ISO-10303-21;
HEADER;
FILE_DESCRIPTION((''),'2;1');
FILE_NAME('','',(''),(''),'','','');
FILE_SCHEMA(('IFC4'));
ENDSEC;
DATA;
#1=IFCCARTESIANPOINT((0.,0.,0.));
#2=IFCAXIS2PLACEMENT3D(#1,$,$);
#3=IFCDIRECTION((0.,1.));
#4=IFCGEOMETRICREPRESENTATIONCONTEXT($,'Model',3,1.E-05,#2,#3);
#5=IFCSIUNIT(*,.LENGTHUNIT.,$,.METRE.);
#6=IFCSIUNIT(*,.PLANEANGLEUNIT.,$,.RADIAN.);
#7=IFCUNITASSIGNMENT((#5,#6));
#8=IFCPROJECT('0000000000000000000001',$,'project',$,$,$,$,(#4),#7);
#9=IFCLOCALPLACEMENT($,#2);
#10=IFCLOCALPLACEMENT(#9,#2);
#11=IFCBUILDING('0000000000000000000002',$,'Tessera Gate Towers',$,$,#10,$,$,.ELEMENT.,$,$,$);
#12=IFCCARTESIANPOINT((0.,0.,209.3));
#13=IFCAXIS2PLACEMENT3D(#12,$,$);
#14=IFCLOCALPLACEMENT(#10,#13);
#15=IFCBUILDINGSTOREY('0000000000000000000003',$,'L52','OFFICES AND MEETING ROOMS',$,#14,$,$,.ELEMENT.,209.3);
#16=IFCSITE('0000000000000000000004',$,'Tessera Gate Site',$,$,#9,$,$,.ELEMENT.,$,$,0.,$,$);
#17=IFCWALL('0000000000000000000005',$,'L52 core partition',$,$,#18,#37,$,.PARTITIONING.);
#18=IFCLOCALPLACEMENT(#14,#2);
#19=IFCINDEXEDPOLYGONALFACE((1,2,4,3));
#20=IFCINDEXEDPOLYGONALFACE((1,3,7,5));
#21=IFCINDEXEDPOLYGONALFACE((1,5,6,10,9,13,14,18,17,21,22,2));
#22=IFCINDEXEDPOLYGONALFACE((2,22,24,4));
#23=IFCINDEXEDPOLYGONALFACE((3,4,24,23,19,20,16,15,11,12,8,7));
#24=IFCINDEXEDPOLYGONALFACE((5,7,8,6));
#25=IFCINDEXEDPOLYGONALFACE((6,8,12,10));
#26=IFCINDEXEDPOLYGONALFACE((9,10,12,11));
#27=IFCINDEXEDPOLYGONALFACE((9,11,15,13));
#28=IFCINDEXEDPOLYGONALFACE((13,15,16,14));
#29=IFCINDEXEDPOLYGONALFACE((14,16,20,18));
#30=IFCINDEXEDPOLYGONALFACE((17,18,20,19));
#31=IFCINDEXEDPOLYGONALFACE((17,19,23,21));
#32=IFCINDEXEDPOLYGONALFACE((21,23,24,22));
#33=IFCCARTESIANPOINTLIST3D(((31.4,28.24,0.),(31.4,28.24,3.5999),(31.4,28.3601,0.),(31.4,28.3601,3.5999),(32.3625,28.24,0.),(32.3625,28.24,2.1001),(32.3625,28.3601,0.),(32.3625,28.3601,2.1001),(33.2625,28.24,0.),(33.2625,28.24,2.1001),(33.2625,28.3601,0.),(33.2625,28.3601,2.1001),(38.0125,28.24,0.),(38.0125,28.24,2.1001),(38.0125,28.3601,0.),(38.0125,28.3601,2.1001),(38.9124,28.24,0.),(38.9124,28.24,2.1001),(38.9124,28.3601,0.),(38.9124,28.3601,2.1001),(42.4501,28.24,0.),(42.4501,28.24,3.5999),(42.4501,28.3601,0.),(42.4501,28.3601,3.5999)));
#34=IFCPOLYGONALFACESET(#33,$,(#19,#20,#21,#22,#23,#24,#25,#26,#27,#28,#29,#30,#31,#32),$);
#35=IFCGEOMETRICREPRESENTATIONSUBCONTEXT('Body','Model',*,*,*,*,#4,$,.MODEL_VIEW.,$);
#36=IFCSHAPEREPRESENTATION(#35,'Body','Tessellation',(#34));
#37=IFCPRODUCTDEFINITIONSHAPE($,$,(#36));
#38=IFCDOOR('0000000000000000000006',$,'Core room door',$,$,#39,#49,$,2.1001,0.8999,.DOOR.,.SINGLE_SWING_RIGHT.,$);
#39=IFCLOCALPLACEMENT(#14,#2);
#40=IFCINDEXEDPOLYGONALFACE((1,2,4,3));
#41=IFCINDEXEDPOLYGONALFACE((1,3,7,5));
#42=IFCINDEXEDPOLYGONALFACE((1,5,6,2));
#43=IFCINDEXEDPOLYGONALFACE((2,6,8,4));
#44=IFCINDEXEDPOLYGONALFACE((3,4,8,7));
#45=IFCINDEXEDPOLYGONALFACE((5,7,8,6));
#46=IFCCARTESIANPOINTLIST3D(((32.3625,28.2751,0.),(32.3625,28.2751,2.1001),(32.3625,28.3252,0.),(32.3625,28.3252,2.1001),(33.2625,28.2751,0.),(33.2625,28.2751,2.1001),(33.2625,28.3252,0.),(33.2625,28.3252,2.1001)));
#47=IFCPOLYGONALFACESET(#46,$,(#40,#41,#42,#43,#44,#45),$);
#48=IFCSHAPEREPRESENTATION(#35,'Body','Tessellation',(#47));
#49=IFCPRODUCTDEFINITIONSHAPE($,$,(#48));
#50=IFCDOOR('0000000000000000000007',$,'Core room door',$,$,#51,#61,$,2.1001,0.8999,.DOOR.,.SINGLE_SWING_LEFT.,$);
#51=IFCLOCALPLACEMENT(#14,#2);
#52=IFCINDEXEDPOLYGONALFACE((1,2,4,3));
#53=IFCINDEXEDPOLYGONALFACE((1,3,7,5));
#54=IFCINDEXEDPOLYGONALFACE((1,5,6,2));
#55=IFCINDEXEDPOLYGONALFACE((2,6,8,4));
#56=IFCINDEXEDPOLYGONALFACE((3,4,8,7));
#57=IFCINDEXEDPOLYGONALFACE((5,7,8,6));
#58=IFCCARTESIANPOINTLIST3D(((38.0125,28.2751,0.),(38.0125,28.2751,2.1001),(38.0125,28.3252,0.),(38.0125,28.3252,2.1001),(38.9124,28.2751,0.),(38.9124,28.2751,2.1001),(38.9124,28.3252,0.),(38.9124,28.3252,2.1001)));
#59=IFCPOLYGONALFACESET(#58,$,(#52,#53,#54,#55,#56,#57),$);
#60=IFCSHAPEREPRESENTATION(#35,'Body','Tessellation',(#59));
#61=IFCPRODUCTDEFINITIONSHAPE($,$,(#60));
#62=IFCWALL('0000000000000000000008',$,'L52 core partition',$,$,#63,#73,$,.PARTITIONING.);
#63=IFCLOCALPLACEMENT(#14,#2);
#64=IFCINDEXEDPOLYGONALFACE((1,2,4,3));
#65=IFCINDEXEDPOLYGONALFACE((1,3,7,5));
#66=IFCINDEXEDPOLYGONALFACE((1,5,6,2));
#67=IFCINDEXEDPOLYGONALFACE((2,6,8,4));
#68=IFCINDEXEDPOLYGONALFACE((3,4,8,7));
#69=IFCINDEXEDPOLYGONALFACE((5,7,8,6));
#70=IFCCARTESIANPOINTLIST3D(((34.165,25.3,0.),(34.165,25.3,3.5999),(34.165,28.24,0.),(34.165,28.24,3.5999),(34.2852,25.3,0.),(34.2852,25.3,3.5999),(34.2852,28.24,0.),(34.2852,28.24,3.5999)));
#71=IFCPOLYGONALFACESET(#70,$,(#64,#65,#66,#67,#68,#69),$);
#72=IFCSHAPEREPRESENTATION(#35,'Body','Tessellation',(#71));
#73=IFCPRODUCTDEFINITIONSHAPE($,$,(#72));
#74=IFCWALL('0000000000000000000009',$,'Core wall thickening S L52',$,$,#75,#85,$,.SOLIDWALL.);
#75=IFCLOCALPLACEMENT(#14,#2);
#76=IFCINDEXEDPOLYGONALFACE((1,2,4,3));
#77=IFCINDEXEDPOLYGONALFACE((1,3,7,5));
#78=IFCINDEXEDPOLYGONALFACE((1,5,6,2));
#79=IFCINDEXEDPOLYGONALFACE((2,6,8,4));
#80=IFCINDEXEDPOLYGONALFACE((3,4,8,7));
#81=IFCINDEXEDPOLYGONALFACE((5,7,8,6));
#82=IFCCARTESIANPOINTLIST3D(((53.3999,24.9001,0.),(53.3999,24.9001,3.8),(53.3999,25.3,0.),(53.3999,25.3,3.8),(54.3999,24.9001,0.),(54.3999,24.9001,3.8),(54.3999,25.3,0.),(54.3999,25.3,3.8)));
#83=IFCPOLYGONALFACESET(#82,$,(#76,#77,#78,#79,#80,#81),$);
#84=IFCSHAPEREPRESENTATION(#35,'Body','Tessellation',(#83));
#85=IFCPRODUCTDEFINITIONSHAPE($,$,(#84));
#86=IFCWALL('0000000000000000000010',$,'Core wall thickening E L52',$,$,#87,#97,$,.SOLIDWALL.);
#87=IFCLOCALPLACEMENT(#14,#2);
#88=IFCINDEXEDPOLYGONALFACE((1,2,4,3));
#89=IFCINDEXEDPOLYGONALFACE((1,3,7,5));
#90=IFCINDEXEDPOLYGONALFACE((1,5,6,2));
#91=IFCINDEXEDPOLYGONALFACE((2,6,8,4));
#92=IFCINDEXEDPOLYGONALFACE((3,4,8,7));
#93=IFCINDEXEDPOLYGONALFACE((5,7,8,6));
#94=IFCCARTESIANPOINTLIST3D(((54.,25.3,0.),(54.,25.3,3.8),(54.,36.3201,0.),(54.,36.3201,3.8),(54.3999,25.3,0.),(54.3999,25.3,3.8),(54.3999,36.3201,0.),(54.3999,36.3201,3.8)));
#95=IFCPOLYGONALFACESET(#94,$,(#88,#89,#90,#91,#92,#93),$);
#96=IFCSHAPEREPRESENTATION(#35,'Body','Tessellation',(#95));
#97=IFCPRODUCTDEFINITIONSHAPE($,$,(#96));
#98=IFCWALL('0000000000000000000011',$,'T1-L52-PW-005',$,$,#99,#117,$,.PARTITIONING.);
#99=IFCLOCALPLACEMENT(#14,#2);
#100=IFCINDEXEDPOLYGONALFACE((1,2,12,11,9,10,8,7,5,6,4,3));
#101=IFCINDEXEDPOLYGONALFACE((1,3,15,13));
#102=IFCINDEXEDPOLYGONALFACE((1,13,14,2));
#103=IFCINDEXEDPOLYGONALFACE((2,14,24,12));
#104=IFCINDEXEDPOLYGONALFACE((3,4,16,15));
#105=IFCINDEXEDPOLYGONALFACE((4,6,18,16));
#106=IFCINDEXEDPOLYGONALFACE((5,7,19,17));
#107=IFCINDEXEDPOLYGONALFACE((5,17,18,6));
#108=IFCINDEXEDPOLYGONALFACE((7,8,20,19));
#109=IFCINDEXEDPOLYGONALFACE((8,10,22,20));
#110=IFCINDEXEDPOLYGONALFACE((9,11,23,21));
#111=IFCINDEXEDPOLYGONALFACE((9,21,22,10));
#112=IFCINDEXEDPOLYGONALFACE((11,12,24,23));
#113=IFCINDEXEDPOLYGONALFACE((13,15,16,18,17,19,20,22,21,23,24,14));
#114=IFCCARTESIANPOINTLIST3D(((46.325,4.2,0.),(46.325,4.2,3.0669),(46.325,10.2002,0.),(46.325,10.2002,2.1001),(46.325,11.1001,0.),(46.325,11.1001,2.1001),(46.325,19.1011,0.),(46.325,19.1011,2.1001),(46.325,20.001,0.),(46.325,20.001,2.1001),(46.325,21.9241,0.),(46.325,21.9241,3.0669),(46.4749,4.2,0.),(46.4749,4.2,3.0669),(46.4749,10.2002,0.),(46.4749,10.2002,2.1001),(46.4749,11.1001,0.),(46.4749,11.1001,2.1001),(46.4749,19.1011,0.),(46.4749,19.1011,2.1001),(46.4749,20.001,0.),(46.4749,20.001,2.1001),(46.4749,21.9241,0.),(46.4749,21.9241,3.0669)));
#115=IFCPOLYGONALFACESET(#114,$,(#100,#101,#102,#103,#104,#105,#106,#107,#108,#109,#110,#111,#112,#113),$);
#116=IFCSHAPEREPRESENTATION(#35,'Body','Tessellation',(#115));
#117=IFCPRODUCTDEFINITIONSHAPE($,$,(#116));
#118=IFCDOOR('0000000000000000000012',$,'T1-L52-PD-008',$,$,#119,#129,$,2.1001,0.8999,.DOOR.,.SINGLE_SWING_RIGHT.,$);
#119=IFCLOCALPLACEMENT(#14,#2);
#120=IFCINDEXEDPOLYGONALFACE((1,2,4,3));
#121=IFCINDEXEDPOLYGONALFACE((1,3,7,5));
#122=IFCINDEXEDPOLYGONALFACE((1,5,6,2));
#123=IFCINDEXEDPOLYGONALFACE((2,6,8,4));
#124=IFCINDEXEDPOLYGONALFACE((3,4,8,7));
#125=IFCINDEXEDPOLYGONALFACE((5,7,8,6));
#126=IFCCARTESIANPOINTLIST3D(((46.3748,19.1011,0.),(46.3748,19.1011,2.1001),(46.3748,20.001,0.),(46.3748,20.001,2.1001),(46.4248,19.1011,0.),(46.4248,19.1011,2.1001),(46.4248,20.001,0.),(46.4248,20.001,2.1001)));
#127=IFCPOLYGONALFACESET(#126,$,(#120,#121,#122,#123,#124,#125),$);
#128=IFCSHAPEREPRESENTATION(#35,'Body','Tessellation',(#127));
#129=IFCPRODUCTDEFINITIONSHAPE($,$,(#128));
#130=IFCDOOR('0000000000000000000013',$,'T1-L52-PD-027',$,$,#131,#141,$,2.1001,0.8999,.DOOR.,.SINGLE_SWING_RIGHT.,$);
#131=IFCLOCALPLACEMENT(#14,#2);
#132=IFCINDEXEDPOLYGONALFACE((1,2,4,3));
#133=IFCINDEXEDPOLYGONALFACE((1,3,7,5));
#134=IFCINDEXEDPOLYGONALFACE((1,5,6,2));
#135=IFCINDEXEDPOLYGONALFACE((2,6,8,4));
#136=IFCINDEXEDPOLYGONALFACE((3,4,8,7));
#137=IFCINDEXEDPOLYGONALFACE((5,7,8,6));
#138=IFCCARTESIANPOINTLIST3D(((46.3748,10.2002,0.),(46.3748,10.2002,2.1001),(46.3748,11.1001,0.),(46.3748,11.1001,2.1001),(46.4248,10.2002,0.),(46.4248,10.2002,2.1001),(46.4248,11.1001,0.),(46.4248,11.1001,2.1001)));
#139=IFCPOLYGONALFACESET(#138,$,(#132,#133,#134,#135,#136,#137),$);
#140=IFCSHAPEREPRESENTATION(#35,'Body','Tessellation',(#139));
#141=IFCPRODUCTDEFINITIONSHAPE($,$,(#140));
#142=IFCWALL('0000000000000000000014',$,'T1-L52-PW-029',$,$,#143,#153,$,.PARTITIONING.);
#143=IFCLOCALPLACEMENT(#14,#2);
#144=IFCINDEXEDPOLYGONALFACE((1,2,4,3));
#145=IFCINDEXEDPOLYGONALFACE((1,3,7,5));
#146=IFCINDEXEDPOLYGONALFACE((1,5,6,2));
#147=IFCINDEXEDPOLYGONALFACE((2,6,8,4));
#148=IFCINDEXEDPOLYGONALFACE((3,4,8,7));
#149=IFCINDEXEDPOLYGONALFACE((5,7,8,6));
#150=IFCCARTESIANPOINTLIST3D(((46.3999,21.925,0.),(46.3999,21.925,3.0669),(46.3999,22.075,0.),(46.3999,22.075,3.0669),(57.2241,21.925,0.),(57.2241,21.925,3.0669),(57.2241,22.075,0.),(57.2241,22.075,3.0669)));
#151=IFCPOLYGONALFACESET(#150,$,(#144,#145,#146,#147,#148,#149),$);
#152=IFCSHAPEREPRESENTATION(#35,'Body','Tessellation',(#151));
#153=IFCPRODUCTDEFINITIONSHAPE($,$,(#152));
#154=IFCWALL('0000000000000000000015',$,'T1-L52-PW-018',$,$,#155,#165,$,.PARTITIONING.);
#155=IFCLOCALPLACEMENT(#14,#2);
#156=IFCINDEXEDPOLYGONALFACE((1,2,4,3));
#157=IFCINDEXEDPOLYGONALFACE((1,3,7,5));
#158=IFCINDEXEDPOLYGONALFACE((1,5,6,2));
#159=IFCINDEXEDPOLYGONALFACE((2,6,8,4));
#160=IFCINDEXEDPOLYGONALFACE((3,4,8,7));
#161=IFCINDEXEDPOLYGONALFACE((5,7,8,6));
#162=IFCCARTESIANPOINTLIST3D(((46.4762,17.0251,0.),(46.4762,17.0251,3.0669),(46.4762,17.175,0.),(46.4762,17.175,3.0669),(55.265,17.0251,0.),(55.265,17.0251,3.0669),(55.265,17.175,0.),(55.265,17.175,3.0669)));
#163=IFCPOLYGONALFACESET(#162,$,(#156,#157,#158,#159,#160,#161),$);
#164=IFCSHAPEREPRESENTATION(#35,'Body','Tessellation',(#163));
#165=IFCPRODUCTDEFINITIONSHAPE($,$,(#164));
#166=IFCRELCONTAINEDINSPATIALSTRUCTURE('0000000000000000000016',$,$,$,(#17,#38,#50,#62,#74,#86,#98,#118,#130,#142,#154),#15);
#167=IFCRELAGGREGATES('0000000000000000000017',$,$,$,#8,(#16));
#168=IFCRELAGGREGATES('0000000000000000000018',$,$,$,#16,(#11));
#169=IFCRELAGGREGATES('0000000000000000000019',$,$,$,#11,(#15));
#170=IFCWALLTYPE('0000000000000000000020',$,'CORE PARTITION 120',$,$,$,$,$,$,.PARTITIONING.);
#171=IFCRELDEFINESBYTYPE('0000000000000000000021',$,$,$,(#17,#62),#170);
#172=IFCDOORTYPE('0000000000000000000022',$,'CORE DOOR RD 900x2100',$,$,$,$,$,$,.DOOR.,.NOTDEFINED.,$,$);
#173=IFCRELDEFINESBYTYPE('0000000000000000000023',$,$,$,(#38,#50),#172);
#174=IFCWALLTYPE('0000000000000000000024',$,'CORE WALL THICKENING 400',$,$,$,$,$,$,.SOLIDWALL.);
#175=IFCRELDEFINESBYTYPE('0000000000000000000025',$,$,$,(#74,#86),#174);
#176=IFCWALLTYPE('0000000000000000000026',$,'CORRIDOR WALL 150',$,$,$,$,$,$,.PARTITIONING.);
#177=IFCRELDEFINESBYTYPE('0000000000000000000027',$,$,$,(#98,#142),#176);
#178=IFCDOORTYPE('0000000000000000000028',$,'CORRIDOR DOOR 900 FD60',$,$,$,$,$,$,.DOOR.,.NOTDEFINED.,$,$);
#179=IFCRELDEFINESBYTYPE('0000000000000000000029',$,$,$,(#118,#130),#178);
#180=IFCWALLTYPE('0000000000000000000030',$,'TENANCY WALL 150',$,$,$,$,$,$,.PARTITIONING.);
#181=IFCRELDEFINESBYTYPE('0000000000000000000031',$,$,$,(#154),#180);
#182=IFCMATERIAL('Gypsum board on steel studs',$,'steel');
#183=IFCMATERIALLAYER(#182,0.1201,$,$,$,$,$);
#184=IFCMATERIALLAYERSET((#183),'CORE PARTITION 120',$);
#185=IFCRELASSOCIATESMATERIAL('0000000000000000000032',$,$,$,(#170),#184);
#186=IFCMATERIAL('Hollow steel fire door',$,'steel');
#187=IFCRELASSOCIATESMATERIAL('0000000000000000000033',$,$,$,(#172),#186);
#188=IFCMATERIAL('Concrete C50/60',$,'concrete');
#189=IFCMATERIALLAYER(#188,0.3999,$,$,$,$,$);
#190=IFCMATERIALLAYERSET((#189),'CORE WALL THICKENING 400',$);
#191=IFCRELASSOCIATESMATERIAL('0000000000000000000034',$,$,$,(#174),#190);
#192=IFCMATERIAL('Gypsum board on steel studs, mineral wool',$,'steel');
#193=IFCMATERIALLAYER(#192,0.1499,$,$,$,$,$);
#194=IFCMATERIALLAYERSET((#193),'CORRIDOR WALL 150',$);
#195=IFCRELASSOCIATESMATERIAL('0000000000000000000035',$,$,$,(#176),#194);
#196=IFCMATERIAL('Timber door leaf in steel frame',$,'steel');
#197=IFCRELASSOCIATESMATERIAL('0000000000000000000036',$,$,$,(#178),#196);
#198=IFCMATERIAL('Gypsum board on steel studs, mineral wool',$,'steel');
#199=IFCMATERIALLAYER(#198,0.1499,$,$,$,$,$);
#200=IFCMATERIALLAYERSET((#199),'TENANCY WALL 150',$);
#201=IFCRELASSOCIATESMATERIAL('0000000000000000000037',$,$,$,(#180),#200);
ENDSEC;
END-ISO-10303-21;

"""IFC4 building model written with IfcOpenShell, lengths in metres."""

from ifc_helpers import new_model, si_unit, direction, frame, frame_2d, origin, place, context, subcontext, project, spatial, rectangle, extrude, source, transform, mapped, material, layer, layer_set, type_object, element, fill, save


model = new_model("IFC4")

# Units and contexts
model_context = context("Model", 3, precision=1e-05, world=origin(), true_north=direction((0.0, 1.0)))
body_context = subcontext(model_context, "Body", "Model", "MODEL_VIEW")
ifc_project = project(units=[si_unit("LENGTHUNIT", "METRE"), si_unit("PLANEANGLEUNIT", "RADIAN")], contexts=[model_context])

# Site, building, storey
site_placement = place(None, origin())
site = spatial("IfcSite", under=ifc_project, at=site_placement, Name="Tessera Gate Site", CompositionType="ELEMENT", RefElevation=0.0)
building_placement = place(site_placement, origin())
building = spatial("IfcBuilding", under=site, at=building_placement, Name="Tessera Gate Towers", CompositionType="ELEMENT")
storey_placement = place(building_placement, frame((0.0, 0.0, 209.3)))
storey = spatial("IfcBuildingStorey", under=building, at=storey_placement, Name="L52", Description="OFFICES AND MEETING ROOMS", CompositionType="ELEMENT", Elevation=209.3)

# Wall, openings, doors
ifc_material_1 = material(Name="Gypsum board on steel studs", Category="steel")
ifc_layer_1 = layer(ifc_material_1, 0.1201)
ifc_layer_set_1 = layer_set([ifc_layer_1], Name="CORE PARTITION 120")
wall_type_1 = type_object("IfcWallType", Name="CORE PARTITION 120", PredefinedType="PARTITIONING", material=ifc_layer_set_1)
wall_1_placement = place(storey_placement, frame((42.45, 28.3, 0.0), z_axis=(0.0, 0.0, 1.0), x_axis=(-1.0, 0.0, 0.0)))
wall_1 = element("IfcWall", 1, at=wall_1_placement, inside=storey, type_object=wall_type_1, Name="L52 core partition", PredefinedType="PARTITIONING", context=body_context, shape_type="SweptSolid", body=[
    extrude(rectangle(XDim=11.05, YDim=0.1201, at=frame_2d((5.5249, 0.0))), origin(), (0.0, 0.0, 1.0), 3.5999),
])
shared_shape_1 = source(origin(), body_context, "Body", "SweptSolid", [
    extrude(rectangle(XDim=0.8999, YDim=2.1001, at=frame_2d((0.45, 1.05))), frame((0.0, 0.0701, 0.0), z_axis=(0.0, -1.0, 0.0), x_axis=(1.0, 0.0, 0.0)), (0.0, 0.0, 1.0), 0.1401),
])
opening_1_placement = place(wall_1_placement, frame((9.1875, 0.0, 0.0)))
opening_1 = element("IfcOpeningElement", 2, at=opening_1_placement, cuts=wall_1, PredefinedType="OPENING", context=body_context, shape_type="MappedRepresentation", body=[
    mapped(shared_shape_1, transform((0.0, 0.0, 0.0), scale=1.0)),
])
opening_2_placement = place(wall_1_placement, frame((3.5376, 0.0, 0.0)))
opening_2 = element("IfcOpeningElement", 3, at=opening_2_placement, cuts=wall_1, PredefinedType="OPENING", context=body_context, shape_type="MappedRepresentation", body=[
    mapped(shared_shape_1, transform((0.0, 0.0, 0.0), scale=1.0)),
])
ifc_material_2 = material(Name="Hollow steel fire door", Category="steel")
door_type_1 = type_object("IfcDoorType", Name="CORE DOOR RD 900x2100", OperationType="NOTDEFINED", PredefinedType="DOOR", material=ifc_material_2)
shared_shape_2 = source(origin(), body_context, "Body", "SweptSolid", [
    extrude(rectangle(XDim=0.8999, YDim=2.1001, at=frame_2d((0.45, 1.05))), frame((0.0, 0.0249, 0.0), z_axis=(0.0, -1.0, 0.0), x_axis=(1.0, 0.0, 0.0)), (0.0, 0.0, 1.0), 0.05),
])
door_1_placement = place(opening_1_placement, origin())
door_1 = element("IfcDoor", 4, at=door_1_placement, inside=storey, type_object=door_type_1, Name="Core room door", OperationType="SINGLE_SWING_RIGHT", OverallHeight=2.1001, OverallWidth=0.8999, PredefinedType="DOOR", context=body_context, shape_type="MappedRepresentation", body=[
    mapped(shared_shape_2, transform((0.0, 0.0, 0.0), scale=1.0)),
])
fill(opening_1, door_1)
door_2_placement = place(opening_2_placement, origin())
door_2 = element("IfcDoor", 5, at=door_2_placement, inside=storey, type_object=door_type_1, Name="Core room door", OperationType="SINGLE_SWING_LEFT", OverallHeight=2.1001, OverallWidth=0.8999, PredefinedType="DOOR", context=body_context, shape_type="MappedRepresentation", body=[
    mapped(shared_shape_2, transform((0.0, 0.0, 0.0), scale=1.0)),
])
fill(opening_2, door_2)

# Walls
wall_2_placement = place(storey_placement, frame((34.2251, 25.3, 0.0), z_axis=(0.0, 0.0, 1.0), x_axis=(0.0, 1.0, 0.0)))
element("IfcWall", 6, at=wall_2_placement, inside=storey, type_object=wall_type_1, Name="L52 core partition", PredefinedType="PARTITIONING", context=body_context, shape_type="SweptSolid", body=[
    extrude(rectangle(XDim=2.9399, YDim=0.1201, at=frame_2d((1.47, 0.0))), origin(), (0.0, 0.0, 1.0), 3.5999),
])
ifc_material_3 = material(Name="Concrete C50/60", Category="concrete")
ifc_layer_2 = layer(ifc_material_3, 0.3999)
ifc_layer_set_2 = layer_set([ifc_layer_2], Name="CORE WALL THICKENING 400")
wall_type_2 = type_object("IfcWallType", Name="CORE WALL THICKENING 400", PredefinedType="SOLIDWALL", material=ifc_layer_set_2)
wall_3_placement = place(storey_placement, frame((53.3999, 25.1001, 0.0), z_axis=(0.0, 0.0, 1.0), x_axis=(1.0, 0.0, 0.0)))
element("IfcWall", 7, at=wall_3_placement, inside=storey, type_object=wall_type_2, Name="Core wall thickening S L52", PredefinedType="SOLIDWALL", context=body_context, shape_type="SweptSolid", body=[
    extrude(rectangle(XDim=1.0, YDim=0.3999, at=frame_2d((0.5, 0.0))), origin(), (0.0, 0.0, 1.0), 3.8),
])
wall_4_placement = place(storey_placement, frame((54.2, 25.3, 0.0), z_axis=(0.0, 0.0, 1.0), x_axis=(0.0, 1.0, 0.0)))
element("IfcWall", 8, at=wall_4_placement, inside=storey, type_object=wall_type_2, Name="Core wall thickening E L52", PredefinedType="SOLIDWALL", context=body_context, shape_type="SweptSolid", body=[
    extrude(rectangle(XDim=11.02, YDim=0.3999, at=frame_2d((5.51, 0.0))), origin(), (0.0, 0.0, 1.0), 3.8),
])

# Wall, openings, doors
ifc_material_4 = material(Name="Gypsum board on steel studs, mineral wool", Category="steel")
ifc_layer_3 = layer(ifc_material_4, 0.1499)
ifc_layer_set_3 = layer_set([ifc_layer_3], Name="CORRIDOR WALL 150")
wall_type_3 = type_object("IfcWallType", Name="CORRIDOR WALL 150", PredefinedType="PARTITIONING", material=ifc_layer_set_3)
wall_5_placement = place(storey_placement, frame((46.3999, 21.9241, 0.0), z_axis=(0.0, 0.0, 1.0), x_axis=(0.0, -1.0, 0.0)))
wall_5 = element("IfcWall", 9, at=wall_5_placement, inside=storey, type_object=wall_type_3, Name="T1-L52-PW-005", PredefinedType="PARTITIONING", context=body_context, shape_type="SweptSolid", body=[
    extrude(rectangle(XDim=17.7241, YDim=0.1499, at=frame_2d((8.8621, 0.0))), origin(), (0.0, 0.0, 1.0), 3.0669),
])
shared_shape_3 = source(origin(), body_context, "Body", "SweptSolid", [
    extrude(rectangle(XDim=0.8999, YDim=2.1001, at=frame_2d((0.45, 1.05))), frame((0.0, 0.085, 0.0), z_axis=(0.0, -1.0, 0.0), x_axis=(1.0, 0.0, 0.0)), (0.0, 0.0, 1.0), 0.1699),
])
opening_3_placement = place(wall_5_placement, frame((1.9231, 0.0, 0.0)))
opening_3 = element("IfcOpeningElement", 10, at=opening_3_placement, cuts=wall_5, PredefinedType="OPENING", context=body_context, shape_type="MappedRepresentation", body=[
    mapped(shared_shape_3, transform((0.0, 0.0, 0.0), scale=1.0)),
])
opening_4_placement = place(wall_5_placement, frame((10.824, 0.0, 0.0)))
opening_4 = element("IfcOpeningElement", 11, at=opening_4_placement, cuts=wall_5, PredefinedType="OPENING", context=body_context, shape_type="MappedRepresentation", body=[
    mapped(shared_shape_3, transform((0.0, 0.0, 0.0), scale=1.0)),
])
ifc_material_5 = material(Name="Timber door leaf in steel frame", Category="steel")
door_type_2 = type_object("IfcDoorType", Name="CORRIDOR DOOR 900 FD60", OperationType="NOTDEFINED", PredefinedType="DOOR", material=ifc_material_5)
door_3_placement = place(opening_3_placement, origin())
door_3 = element("IfcDoor", 12, at=door_3_placement, inside=storey, type_object=door_type_2, Name="T1-L52-PD-008", OperationType="SINGLE_SWING_RIGHT", OverallHeight=2.1001, OverallWidth=0.8999, PredefinedType="DOOR", context=body_context, shape_type="MappedRepresentation", body=[
    mapped(shared_shape_2, transform((0.0, 0.0, 0.0), scale=1.0)),
])
fill(opening_3, door_3)
door_4_placement = place(opening_4_placement, origin())
door_4 = element("IfcDoor", 13, at=door_4_placement, inside=storey, type_object=door_type_2, Name="T1-L52-PD-027", OperationType="SINGLE_SWING_RIGHT", OverallHeight=2.1001, OverallWidth=0.8999, PredefinedType="DOOR", context=body_context, shape_type="MappedRepresentation", body=[
    mapped(shared_shape_2, transform((0.0, 0.0, 0.0), scale=1.0)),
])
fill(opening_4, door_4)

# Walls
wall_6_placement = place(storey_placement, frame((46.3999, 22.0, 0.0), z_axis=(0.0, 0.0, 1.0), x_axis=(1.0, 0.0, 0.0)))
element("IfcWall", 14, at=wall_6_placement, inside=storey, type_object=wall_type_3, Name="T1-L52-PW-029", PredefinedType="PARTITIONING", context=body_context, shape_type="SweptSolid", body=[
    extrude(rectangle(XDim=10.8242, YDim=0.1499, at=frame_2d((5.4121, 0.0))), origin(), (0.0, 0.0, 1.0), 3.0669),
])
ifc_material_6 = material(Name="Gypsum board on steel studs, mineral wool", Category="steel")
ifc_layer_4 = layer(ifc_material_6, 0.1499)
ifc_layer_set_4 = layer_set([ifc_layer_4], Name="TENANCY WALL 150")
wall_type_4 = type_object("IfcWallType", Name="TENANCY WALL 150", PredefinedType="PARTITIONING", material=ifc_layer_set_4)
wall_7_placement = place(storey_placement, frame((46.4761, 17.1001, 0.0), z_axis=(0.0, 0.0, 1.0), x_axis=(1.0, 0.0, 0.0)))
element("IfcWall", 15, at=wall_7_placement, inside=storey, type_object=wall_type_4, Name="T1-L52-PW-018", PredefinedType="PARTITIONING", context=body_context, shape_type="SweptSolid", body=[
    extrude(rectangle(XDim=8.7888, YDim=0.1499, at=frame_2d((4.3945, 0.0))), origin(), (0.0, 0.0, 1.0), 3.0669),
])

save(model, "model.ifc")
